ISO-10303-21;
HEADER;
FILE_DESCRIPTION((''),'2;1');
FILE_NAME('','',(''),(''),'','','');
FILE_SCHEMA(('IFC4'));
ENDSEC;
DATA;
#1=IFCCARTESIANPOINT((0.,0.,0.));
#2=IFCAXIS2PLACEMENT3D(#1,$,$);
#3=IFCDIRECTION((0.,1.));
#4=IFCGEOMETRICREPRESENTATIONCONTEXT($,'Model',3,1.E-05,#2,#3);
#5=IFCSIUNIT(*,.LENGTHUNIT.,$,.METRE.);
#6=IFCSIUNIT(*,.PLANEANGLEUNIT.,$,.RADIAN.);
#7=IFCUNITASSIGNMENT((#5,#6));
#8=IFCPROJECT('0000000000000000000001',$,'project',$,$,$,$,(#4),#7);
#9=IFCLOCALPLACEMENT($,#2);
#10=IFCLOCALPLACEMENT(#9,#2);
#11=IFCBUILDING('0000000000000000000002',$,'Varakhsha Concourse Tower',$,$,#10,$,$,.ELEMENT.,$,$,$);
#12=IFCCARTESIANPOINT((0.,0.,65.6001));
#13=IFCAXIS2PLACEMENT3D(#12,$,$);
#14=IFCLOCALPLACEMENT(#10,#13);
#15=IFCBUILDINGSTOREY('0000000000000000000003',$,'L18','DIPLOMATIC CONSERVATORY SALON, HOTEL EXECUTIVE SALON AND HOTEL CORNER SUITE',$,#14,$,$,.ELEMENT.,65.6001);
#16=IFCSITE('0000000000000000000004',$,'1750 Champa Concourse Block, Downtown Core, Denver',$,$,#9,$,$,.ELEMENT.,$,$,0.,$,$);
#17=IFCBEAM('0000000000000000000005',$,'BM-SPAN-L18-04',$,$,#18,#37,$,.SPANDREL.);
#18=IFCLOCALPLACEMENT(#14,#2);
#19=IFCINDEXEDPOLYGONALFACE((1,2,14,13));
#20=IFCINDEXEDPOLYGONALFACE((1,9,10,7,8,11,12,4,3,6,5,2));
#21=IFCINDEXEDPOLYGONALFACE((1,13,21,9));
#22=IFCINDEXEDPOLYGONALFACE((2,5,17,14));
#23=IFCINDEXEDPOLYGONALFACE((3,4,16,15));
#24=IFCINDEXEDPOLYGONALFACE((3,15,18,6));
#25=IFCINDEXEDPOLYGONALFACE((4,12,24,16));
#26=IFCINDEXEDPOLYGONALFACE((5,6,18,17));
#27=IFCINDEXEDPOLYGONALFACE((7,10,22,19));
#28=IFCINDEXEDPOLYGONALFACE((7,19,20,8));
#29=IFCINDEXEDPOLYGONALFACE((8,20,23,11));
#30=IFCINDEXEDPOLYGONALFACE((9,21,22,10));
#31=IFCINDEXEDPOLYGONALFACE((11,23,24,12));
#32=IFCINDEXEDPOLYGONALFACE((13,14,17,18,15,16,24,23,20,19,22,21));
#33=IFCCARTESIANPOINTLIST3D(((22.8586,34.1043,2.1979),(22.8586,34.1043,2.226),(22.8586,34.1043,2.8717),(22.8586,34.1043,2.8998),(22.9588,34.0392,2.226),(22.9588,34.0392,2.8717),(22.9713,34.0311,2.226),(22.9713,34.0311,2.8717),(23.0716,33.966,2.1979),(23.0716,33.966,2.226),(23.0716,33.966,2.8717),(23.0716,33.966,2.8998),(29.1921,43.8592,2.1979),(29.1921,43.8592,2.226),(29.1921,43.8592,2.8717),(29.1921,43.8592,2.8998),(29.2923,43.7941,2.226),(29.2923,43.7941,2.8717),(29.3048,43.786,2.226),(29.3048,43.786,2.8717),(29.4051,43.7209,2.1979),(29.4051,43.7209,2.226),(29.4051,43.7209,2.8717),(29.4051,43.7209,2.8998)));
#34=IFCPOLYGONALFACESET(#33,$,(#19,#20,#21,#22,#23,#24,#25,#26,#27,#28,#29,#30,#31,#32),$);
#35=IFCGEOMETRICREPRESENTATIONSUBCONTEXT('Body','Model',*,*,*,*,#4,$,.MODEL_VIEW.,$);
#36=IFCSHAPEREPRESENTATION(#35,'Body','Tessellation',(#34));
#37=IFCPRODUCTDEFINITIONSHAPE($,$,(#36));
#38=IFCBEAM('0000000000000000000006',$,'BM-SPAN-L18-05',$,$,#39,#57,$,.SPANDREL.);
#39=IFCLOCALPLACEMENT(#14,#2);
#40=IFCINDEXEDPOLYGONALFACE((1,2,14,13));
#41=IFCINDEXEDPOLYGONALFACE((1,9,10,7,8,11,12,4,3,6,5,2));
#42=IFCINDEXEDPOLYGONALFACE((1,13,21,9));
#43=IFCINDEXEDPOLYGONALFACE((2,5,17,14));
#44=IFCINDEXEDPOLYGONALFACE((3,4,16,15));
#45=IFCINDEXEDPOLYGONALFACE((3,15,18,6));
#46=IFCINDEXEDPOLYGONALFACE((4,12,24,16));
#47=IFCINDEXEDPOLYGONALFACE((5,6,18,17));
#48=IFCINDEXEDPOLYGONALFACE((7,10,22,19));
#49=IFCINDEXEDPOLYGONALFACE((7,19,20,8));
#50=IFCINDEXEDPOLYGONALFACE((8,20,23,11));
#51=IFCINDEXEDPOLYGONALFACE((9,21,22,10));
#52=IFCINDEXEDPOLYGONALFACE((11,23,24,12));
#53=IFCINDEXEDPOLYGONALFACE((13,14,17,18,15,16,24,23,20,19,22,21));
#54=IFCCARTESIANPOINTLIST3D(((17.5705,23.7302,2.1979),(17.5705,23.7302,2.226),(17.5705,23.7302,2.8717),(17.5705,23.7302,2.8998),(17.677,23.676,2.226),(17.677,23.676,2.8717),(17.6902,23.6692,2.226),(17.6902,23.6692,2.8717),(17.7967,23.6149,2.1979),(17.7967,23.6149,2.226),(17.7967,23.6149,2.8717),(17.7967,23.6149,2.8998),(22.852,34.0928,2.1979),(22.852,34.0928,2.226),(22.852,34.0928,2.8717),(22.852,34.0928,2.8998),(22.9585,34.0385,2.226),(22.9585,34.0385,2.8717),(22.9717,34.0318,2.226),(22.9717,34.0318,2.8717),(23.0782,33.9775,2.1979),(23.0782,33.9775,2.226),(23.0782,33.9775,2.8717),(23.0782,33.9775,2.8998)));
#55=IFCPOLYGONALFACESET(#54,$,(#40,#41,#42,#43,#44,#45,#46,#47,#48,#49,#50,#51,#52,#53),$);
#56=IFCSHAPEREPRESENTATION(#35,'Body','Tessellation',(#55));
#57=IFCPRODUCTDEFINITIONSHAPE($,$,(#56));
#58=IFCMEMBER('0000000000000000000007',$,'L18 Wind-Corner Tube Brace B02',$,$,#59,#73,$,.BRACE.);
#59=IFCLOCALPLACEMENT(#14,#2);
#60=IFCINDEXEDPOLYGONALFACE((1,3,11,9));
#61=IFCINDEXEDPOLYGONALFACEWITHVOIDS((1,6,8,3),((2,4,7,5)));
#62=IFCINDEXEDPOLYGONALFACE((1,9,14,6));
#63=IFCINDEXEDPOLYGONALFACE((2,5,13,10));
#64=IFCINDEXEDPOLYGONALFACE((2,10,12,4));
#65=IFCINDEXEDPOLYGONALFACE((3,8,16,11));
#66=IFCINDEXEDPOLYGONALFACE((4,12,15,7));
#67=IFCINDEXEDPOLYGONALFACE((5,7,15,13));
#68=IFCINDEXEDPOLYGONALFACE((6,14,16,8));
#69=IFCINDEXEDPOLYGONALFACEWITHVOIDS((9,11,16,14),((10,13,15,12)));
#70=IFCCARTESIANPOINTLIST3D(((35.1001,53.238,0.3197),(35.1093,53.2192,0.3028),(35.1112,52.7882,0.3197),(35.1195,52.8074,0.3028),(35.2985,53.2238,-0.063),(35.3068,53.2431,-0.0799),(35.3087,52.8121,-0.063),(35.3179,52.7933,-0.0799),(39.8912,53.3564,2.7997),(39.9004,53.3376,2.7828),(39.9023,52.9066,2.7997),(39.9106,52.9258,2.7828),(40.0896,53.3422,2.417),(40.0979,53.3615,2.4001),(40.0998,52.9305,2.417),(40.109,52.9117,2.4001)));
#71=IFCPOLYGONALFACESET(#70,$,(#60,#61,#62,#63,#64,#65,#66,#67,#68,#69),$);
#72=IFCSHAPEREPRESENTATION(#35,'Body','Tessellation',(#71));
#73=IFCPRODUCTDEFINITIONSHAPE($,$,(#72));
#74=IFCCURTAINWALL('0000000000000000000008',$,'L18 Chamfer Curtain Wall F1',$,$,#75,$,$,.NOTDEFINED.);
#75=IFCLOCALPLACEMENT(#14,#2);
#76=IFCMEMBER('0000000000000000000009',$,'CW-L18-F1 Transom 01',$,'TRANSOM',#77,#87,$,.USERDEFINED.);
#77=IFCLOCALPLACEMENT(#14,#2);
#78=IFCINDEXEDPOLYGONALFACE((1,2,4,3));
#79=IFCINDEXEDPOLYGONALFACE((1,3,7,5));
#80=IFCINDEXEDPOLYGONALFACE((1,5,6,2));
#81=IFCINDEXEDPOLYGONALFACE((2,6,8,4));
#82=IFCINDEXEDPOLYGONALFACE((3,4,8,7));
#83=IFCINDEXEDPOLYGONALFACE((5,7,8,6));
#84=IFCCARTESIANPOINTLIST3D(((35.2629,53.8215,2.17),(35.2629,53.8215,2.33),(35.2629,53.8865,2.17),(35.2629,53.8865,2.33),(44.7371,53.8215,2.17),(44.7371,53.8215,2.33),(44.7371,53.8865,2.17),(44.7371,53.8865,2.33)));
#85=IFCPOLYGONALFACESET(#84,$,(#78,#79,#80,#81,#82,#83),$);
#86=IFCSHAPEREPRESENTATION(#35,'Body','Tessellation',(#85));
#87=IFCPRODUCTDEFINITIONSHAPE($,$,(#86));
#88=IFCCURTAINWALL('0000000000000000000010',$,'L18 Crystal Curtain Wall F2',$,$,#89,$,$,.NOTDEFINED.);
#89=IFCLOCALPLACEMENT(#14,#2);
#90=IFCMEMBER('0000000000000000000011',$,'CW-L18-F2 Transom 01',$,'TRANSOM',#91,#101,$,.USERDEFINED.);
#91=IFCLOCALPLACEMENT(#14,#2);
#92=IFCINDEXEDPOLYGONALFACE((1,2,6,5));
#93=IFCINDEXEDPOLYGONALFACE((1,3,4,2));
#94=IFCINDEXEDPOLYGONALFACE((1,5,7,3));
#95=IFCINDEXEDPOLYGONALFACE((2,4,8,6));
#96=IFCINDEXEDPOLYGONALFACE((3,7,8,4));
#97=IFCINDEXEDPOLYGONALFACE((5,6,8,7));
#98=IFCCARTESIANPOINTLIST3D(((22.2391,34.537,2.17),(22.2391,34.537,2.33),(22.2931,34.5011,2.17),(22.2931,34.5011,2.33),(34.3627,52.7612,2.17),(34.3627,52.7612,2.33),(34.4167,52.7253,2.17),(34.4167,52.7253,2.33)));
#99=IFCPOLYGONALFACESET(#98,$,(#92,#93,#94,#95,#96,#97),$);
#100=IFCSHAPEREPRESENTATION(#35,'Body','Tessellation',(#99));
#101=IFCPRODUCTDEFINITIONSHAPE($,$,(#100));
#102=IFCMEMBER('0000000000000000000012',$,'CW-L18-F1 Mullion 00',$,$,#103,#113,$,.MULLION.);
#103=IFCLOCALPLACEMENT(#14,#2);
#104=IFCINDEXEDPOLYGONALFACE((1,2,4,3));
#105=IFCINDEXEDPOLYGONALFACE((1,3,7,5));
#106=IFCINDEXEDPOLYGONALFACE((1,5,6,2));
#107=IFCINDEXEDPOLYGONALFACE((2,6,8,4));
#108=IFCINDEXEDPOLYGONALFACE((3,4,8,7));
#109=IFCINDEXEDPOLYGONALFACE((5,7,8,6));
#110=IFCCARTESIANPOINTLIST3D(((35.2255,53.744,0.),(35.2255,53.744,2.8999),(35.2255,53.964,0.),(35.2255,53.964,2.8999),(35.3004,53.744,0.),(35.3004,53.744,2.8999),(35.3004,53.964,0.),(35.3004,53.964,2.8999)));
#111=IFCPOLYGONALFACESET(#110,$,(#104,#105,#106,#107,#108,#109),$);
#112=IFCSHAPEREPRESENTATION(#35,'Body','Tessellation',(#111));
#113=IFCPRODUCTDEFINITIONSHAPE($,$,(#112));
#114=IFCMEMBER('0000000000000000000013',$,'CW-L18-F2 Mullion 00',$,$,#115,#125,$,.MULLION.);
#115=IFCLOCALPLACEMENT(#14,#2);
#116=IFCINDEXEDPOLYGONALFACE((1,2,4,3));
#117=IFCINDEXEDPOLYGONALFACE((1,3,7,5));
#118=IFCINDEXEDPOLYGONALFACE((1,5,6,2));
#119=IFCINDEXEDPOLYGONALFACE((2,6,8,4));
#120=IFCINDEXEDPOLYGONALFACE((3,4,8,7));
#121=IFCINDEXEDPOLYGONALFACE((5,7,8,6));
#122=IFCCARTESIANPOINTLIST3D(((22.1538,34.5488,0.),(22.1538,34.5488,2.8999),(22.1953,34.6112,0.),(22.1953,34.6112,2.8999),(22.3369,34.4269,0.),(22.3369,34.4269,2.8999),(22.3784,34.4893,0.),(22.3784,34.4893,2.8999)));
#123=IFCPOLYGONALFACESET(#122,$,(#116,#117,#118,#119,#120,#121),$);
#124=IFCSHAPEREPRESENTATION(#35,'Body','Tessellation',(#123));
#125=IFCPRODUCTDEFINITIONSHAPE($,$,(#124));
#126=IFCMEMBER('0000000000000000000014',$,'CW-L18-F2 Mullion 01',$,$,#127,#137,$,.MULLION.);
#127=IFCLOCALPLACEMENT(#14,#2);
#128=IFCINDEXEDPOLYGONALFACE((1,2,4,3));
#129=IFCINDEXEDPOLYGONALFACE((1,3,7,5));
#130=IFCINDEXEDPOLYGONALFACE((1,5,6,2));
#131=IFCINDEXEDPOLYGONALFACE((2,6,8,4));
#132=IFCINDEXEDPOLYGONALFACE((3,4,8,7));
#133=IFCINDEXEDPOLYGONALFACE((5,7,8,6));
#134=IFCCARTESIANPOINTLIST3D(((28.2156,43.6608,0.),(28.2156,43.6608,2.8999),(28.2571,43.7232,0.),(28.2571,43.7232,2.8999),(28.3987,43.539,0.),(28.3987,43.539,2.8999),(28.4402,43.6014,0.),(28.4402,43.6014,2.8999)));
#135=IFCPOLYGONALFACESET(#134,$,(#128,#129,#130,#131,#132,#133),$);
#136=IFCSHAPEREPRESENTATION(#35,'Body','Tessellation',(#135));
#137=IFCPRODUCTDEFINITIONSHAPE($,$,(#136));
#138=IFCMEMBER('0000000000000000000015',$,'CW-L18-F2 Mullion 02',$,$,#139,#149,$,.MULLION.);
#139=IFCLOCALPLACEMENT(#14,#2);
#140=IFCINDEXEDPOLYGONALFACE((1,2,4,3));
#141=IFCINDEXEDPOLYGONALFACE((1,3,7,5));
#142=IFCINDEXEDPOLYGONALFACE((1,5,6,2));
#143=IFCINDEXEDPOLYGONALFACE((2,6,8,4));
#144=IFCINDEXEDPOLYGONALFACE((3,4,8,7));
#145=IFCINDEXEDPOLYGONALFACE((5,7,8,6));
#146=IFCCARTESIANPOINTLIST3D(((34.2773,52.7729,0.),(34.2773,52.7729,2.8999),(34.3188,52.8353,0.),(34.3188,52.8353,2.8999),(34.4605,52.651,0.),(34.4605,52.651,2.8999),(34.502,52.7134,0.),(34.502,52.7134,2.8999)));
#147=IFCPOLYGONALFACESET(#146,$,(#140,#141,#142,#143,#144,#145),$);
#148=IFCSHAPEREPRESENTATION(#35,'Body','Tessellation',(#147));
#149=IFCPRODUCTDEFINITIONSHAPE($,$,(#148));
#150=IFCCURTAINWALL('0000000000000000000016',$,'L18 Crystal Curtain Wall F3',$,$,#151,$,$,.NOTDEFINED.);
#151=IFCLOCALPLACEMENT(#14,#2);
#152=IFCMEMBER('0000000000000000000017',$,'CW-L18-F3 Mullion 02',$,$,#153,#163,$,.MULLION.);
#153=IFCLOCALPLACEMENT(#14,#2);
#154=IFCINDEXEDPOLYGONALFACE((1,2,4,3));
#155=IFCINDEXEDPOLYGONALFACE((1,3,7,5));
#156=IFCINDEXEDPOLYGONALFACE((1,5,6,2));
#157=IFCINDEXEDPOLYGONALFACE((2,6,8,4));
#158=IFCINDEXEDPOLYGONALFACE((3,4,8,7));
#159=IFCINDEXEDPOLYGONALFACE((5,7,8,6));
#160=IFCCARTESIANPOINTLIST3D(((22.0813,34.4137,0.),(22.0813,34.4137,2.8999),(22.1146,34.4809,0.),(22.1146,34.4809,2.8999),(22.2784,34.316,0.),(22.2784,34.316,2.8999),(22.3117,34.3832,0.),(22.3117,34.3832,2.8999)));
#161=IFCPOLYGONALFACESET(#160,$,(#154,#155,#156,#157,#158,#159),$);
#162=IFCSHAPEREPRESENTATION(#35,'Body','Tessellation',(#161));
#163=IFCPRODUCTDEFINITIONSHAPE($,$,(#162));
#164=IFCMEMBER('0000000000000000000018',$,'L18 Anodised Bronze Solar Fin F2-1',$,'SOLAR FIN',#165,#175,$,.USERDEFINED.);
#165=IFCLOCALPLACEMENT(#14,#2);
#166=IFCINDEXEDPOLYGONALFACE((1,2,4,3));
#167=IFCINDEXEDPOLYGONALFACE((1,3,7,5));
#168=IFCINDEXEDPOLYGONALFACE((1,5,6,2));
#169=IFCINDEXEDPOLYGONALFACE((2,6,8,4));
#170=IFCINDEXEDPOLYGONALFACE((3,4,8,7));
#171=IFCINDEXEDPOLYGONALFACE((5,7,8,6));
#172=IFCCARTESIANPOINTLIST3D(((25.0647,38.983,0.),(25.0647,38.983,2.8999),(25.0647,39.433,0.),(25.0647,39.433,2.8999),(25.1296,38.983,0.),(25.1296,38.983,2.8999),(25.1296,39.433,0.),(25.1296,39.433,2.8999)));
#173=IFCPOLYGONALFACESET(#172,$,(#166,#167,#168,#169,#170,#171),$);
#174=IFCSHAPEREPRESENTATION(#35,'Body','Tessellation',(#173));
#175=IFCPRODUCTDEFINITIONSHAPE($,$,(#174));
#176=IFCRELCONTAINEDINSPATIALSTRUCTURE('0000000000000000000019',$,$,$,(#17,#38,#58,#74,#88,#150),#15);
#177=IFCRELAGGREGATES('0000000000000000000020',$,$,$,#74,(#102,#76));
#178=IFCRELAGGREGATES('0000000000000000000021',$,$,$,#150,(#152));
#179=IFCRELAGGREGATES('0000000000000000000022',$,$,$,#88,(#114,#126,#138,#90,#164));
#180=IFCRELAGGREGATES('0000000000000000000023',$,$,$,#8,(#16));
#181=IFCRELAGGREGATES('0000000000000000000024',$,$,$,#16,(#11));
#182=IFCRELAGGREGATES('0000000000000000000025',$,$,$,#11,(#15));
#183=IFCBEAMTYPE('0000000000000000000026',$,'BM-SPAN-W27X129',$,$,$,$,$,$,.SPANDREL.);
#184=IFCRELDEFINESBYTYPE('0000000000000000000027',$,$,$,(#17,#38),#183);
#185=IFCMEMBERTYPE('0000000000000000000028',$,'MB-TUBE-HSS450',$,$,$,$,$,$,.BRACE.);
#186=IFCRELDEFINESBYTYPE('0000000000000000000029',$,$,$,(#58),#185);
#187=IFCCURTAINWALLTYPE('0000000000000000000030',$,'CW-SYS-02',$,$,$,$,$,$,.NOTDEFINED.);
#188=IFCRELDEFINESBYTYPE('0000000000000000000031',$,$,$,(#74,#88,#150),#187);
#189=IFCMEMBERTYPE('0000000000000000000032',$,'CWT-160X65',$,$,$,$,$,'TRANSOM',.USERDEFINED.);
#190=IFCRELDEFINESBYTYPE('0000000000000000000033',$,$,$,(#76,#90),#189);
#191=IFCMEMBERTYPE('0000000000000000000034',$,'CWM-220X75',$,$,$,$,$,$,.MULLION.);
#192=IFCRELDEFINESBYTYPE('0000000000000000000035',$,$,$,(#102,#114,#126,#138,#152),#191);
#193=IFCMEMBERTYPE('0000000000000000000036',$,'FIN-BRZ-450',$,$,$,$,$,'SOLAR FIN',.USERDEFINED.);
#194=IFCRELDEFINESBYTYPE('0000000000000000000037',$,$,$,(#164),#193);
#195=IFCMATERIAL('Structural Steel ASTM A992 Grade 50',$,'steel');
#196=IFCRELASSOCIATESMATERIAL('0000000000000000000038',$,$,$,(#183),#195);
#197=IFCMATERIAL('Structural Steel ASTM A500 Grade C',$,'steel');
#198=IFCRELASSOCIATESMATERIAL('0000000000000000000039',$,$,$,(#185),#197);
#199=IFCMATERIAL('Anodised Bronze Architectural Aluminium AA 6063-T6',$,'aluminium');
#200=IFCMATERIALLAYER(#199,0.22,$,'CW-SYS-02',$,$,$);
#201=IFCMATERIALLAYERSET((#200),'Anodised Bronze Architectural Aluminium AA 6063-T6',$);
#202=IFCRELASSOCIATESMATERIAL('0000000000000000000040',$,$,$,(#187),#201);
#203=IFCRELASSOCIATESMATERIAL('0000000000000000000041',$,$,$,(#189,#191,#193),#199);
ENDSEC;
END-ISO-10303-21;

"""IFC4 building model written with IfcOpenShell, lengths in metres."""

from ifc_helpers import new_model, si_unit, direction, frame, origin, origin_2d, place, context, subcontext, project, spatial, rectangle, hollow_rectangle, i_section, extrude, source, transform, mapped, material, layer, layer_set, material_profile, profile_set, type_object, type_shapes, element, aggregate, save


model = new_model("IFC4")

# Units and contexts
model_context = context("Model", 3, precision=1e-05, world=origin(), true_north=direction((0.0, 1.0)))
body_context = subcontext(model_context, "Body", "Model", "MODEL_VIEW")
ifc_project = project(units=[si_unit("LENGTHUNIT", "METRE"), si_unit("PLANEANGLEUNIT", "RADIAN")], contexts=[model_context])

# Site, building, storey
site_placement = place(None, origin())
site = spatial("IfcSite", under=ifc_project, at=site_placement, Name="1750 Champa Concourse Block, Downtown Core, Denver", CompositionType="ELEMENT", RefElevation=0.0)
building_placement = place(site_placement, origin())
building = spatial("IfcBuilding", under=site, at=building_placement, Name="Varakhsha Concourse Tower", CompositionType="ELEMENT")
storey_placement = place(building_placement, frame((0.0, 0.0, 65.6001)))
storey = spatial("IfcBuildingStorey", under=building, at=storey_placement, Name="L18", Description="DIPLOMATIC CONSERVATORY SALON, HOTEL EXECUTIVE SALON AND HOTEL CORNER SUITE", CompositionType="ELEMENT", Elevation=65.6001)

# Shared definitions
ifc_material_1 = material(Name="Structural Steel ASTM A992 Grade 50", Category="steel")

# Beams
ifc_material_profile_1 = material_profile(ifc_material_1, i_section(OverallWidth=0.2539, OverallDepth=0.7019, WebThickness=0.0149, FlangeThickness=0.0281, at=origin_2d()), Name="W27X129")
ifc_profile_set_1 = profile_set([ifc_material_profile_1], Name="Structural Steel ASTM A992 Grade 50")
beam_type_1 = type_object("IfcBeamType", Name="BM-SPAN-W27X129", PredefinedType="SPANDREL", material=ifc_profile_set_1)
beam_1_placement = place(storey_placement, frame((29.2986, 43.79, 2.5488), z_axis=(-0.544554, -0.838726, 0.0), x_axis=(0.838726, -0.544554, 0.0)))
element("IfcBeam", 1, at=beam_1_placement, inside=storey, type_object=beam_type_1, Name="BM-SPAN-L18-04", PredefinedType="SPANDREL", context=body_context, shape_type="SweptSolid", body=[
    extrude(i_section(OverallWidth=0.2539, OverallDepth=0.7019, WebThickness=0.0149, FlangeThickness=0.0281, at=origin_2d()), origin(), (0.0, 0.0, 1.0), 11.6306),
])
beam_2_placement = place(storey_placement, frame((22.9651, 34.0352, 2.5488), z_axis=(-0.454094, -0.890954, 0.0), x_axis=(0.890954, -0.454094, 0.0)))
element("IfcBeam", 2, at=beam_2_placement, inside=storey, type_object=beam_type_1, Name="BM-SPAN-L18-05", PredefinedType="SPANDREL", context=body_context, shape_type="SweptSolid", body=[
    extrude(i_section(OverallWidth=0.2539, OverallDepth=0.7019, WebThickness=0.0149, FlangeThickness=0.0281, at=origin_2d()), origin(), (0.0, 0.0, 1.0), 11.6309),
])

# Member
ifc_material_2 = material(Name="Structural Steel ASTM A500 Grade C", Category="steel")
ifc_material_profile_2 = material_profile(ifc_material_2, hollow_rectangle(XDim=0.45, YDim=0.45, WallThickness=0.019, at=origin_2d()), Name="HSS 450x450x19")
ifc_profile_set_2 = profile_set([ifc_material_profile_2], Name="Structural Steel ASTM A500 Grade C")
member_type_1 = type_object("IfcMemberType", Name="MB-TUBE-HSS450", PredefinedType="BRACE", material=ifc_profile_set_2)
shared_shape_1 = source(origin(), body_context, "Body", "SweptSolid", [
    extrude(hollow_rectangle(XDim=0.45, YDim=0.45, WallThickness=0.019, at=origin_2d()), origin(), (0.0, 0.0, 1.0), 5.3962),
])
type_shapes(member_type_1, [shared_shape_1])
member_1_placement = place(storey_placement, frame((35.209, 53.0156, 0.1199), z_axis=(0.887862, 0.021943, 0.459586), x_axis=(-0.024707, 0.999695, 0.0)))
element("IfcMember", 3, at=member_1_placement, inside=storey, type_object=member_type_1, Name="L18 Wind-Corner Tube Brace B02", PredefinedType="BRACE", context=body_context, shape_type="MappedRepresentation", body=[
    mapped(shared_shape_1, transform((0.0, 0.0, 0.0), scale=1.0)),
])

# Curtain walls, members
ifc_material_3 = material(Name="Anodised Bronze Architectural Aluminium AA 6063-T6", Category="aluminium")
ifc_layer_1 = layer(ifc_material_3, 0.22, Name="CW-SYS-02")
ifc_layer_set_1 = layer_set([ifc_layer_1], Name="Anodised Bronze Architectural Aluminium AA 6063-T6")
curtain_wall_type = type_object("IfcCurtainWallType", Name="CW-SYS-02", PredefinedType="NOTDEFINED", material=ifc_layer_set_1)
curtain_wall_1_placement = place(storey_placement, origin())
curtain_wall_1 = element("IfcCurtainWall", 4, at=curtain_wall_1_placement, inside=storey, type_object=curtain_wall_type, Name="L18 Chamfer Curtain Wall F1", PredefinedType="NOTDEFINED")
ifc_material_profile_3 = material_profile(ifc_material_3, rectangle(XDim=0.0649, YDim=0.1599, at=origin_2d()), Name="CWT-160X65")
ifc_profile_set_3 = profile_set([ifc_material_profile_3], Name="Anodised Bronze Architectural Aluminium AA 6063-T6")
member_type_2 = type_object("IfcMemberType", Name="CWT-160X65", ElementType="TRANSOM", PredefinedType="USERDEFINED", material=ifc_profile_set_3)
shared_shape_2 = source(origin(), body_context, "Body", "SweptSolid", [
    extrude(rectangle(XDim=0.0649, YDim=0.1599, at=origin_2d()), origin(), (0.0, 0.0, 1.0), 9.4741),
])
member_2_placement = place(storey_placement, frame((35.2629, 53.854, 2.25), z_axis=(1.0, 0.0, 0.0), x_axis=(0.0, 1.0, 0.0)))
member_2 = element("IfcMember", 5, at=member_2_placement, type_object=member_type_2, Name="CW-L18-F1 Transom 01", ObjectType="TRANSOM", PredefinedType="USERDEFINED", context=body_context, shape_type="MappedRepresentation", body=[
    mapped(shared_shape_2, transform((0.0, 0.0, 0.0), scale=1.0)),
])
curtain_wall_2_placement = place(storey_placement, origin())
curtain_wall_2 = element("IfcCurtainWall", 6, at=curtain_wall_2_placement, inside=storey, type_object=curtain_wall_type, Name="L18 Crystal Curtain Wall F2", PredefinedType="NOTDEFINED")
shared_shape_3 = source(origin(), body_context, "Body", "SweptSolid", [
    extrude(rectangle(XDim=0.0649, YDim=0.1599, at=origin_2d()), origin(), (0.0, 0.0, 1.0), 21.8884),
])
type_shapes(member_type_2, [shared_shape_2, shared_shape_3])
member_3_placement = place(storey_placement, frame((22.2661, 34.519, 2.25), z_axis=(0.553881, 0.832596, 0.0), x_axis=(-0.832596, 0.553881, 0.0)))
member_3 = element("IfcMember", 7, at=member_3_placement, type_object=member_type_2, Name="CW-L18-F2 Transom 01", ObjectType="TRANSOM", PredefinedType="USERDEFINED", context=body_context, shape_type="MappedRepresentation", body=[
    mapped(shared_shape_3, transform((0.0, 0.0, 0.0), scale=1.0)),
])

# Members
ifc_material_profile_4 = material_profile(ifc_material_3, rectangle(XDim=0.075, YDim=0.22, at=origin_2d()), Name="CWM-220X75")
ifc_profile_set_4 = profile_set([ifc_material_profile_4], Name="Anodised Bronze Architectural Aluminium AA 6063-T6")
member_type_3 = type_object("IfcMemberType", Name="CWM-220X75", PredefinedType="MULLION", material=ifc_profile_set_4)
shared_shape_4 = source(origin(), body_context, "Body", "SweptSolid", [
    extrude(rectangle(XDim=0.075, YDim=0.22, at=origin_2d()), origin(), (0.0, 0.0, 1.0), 2.8999),
])
type_shapes(member_type_3, [shared_shape_4])
member_4_placement = place(storey_placement, frame((35.2629, 53.854, 0.0), z_axis=(0.0, 0.0, 1.0), x_axis=(1.0, 0.0, 0.0)))
member_4 = element("IfcMember", 8, at=member_4_placement, type_object=member_type_3, Name="CW-L18-F1 Mullion 00", PredefinedType="MULLION", context=body_context, shape_type="MappedRepresentation", body=[
    mapped(shared_shape_4, transform((0.0, 0.0, 0.0), scale=1.0)),
])
aggregate(curtain_wall_1, [member_4, member_2])
member_5_placement = place(storey_placement, frame((22.2661, 34.519, 0.0), z_axis=(0.0, 0.0, 1.0), x_axis=(0.55388, 0.832597, 0.0)))
member_5 = element("IfcMember", 9, at=member_5_placement, type_object=member_type_3, Name="CW-L18-F2 Mullion 00", PredefinedType="MULLION", context=body_context, shape_type="MappedRepresentation", body=[
    mapped(shared_shape_4, transform((0.0, 0.0, 0.0), scale=1.0)),
])
member_6_placement = place(storey_placement, frame((28.3279, 43.6311, 0.0), z_axis=(0.0, 0.0, 1.0), x_axis=(0.55388, 0.832597, 0.0)))
member_6 = element("IfcMember", 10, at=member_6_placement, type_object=member_type_3, Name="CW-L18-F2 Mullion 01", PredefinedType="MULLION", context=body_context, shape_type="MappedRepresentation", body=[
    mapped(shared_shape_4, transform((0.0, 0.0, 0.0), scale=1.0)),
])
member_7_placement = place(storey_placement, frame((34.3896, 52.7432, 0.0), z_axis=(0.0, 0.0, 1.0), x_axis=(0.55388, 0.832597, 0.0)))
member_7 = element("IfcMember", 11, at=member_7_placement, type_object=member_type_3, Name="CW-L18-F2 Mullion 02", PredefinedType="MULLION", context=body_context, shape_type="MappedRepresentation", body=[
    mapped(shared_shape_4, transform((0.0, 0.0, 0.0), scale=1.0)),
])

# Curtain wall, member
curtain_wall_3_placement = place(storey_placement, origin())
curtain_wall_3 = element("IfcCurtainWall", 12, at=curtain_wall_3_placement, inside=storey, type_object=curtain_wall_type, Name="L18 Crystal Curtain Wall F3", PredefinedType="NOTDEFINED")
member_8_placement = place(storey_placement, frame((22.1965, 34.3984, 0.0), z_axis=(0.0, 0.0, 1.0), x_axis=(0.44411, 0.895972, 0.0)))
member_8 = element("IfcMember", 13, at=member_8_placement, type_object=member_type_3, Name="CW-L18-F3 Mullion 02", PredefinedType="MULLION", context=body_context, shape_type="MappedRepresentation", body=[
    mapped(shared_shape_4, transform((0.0, 0.0, 0.0), scale=1.0)),
])
aggregate(curtain_wall_3, [member_8])

# Member
ifc_material_profile_5 = material_profile(ifc_material_3, rectangle(XDim=0.0649, YDim=0.45, at=origin_2d()), Name="FIN-BRZ-450")
ifc_profile_set_5 = profile_set([ifc_material_profile_5], Name="Anodised Bronze Architectural Aluminium AA 6063-T6")
member_type_4 = type_object("IfcMemberType", Name="FIN-BRZ-450", ElementType="SOLAR FIN", PredefinedType="USERDEFINED", material=ifc_profile_set_5)
shared_shape_5 = source(origin(), body_context, "Body", "SweptSolid", [
    extrude(rectangle(XDim=0.0649, YDim=0.45, at=origin_2d()), origin(), (0.0, 0.0, 1.0), 2.8999),
])
type_shapes(member_type_4, [shared_shape_5])
member_9_placement = place(storey_placement, frame((25.0972, 39.208, 0.0), z_axis=(0.0, 0.0, 1.0), x_axis=(1.0, 0.0, 0.0)))
member_9 = element("IfcMember", 14, at=member_9_placement, type_object=member_type_4, Name="L18 Anodised Bronze Solar Fin F2-1", ObjectType="SOLAR FIN", PredefinedType="USERDEFINED", context=body_context, shape_type="MappedRepresentation", body=[
    mapped(shared_shape_5, transform((0.0, 0.0, 0.0), scale=1.0)),
])

aggregate(curtain_wall_2, [member_5, member_6, member_7, member_3, member_9])

save(model, "model.ifc")
